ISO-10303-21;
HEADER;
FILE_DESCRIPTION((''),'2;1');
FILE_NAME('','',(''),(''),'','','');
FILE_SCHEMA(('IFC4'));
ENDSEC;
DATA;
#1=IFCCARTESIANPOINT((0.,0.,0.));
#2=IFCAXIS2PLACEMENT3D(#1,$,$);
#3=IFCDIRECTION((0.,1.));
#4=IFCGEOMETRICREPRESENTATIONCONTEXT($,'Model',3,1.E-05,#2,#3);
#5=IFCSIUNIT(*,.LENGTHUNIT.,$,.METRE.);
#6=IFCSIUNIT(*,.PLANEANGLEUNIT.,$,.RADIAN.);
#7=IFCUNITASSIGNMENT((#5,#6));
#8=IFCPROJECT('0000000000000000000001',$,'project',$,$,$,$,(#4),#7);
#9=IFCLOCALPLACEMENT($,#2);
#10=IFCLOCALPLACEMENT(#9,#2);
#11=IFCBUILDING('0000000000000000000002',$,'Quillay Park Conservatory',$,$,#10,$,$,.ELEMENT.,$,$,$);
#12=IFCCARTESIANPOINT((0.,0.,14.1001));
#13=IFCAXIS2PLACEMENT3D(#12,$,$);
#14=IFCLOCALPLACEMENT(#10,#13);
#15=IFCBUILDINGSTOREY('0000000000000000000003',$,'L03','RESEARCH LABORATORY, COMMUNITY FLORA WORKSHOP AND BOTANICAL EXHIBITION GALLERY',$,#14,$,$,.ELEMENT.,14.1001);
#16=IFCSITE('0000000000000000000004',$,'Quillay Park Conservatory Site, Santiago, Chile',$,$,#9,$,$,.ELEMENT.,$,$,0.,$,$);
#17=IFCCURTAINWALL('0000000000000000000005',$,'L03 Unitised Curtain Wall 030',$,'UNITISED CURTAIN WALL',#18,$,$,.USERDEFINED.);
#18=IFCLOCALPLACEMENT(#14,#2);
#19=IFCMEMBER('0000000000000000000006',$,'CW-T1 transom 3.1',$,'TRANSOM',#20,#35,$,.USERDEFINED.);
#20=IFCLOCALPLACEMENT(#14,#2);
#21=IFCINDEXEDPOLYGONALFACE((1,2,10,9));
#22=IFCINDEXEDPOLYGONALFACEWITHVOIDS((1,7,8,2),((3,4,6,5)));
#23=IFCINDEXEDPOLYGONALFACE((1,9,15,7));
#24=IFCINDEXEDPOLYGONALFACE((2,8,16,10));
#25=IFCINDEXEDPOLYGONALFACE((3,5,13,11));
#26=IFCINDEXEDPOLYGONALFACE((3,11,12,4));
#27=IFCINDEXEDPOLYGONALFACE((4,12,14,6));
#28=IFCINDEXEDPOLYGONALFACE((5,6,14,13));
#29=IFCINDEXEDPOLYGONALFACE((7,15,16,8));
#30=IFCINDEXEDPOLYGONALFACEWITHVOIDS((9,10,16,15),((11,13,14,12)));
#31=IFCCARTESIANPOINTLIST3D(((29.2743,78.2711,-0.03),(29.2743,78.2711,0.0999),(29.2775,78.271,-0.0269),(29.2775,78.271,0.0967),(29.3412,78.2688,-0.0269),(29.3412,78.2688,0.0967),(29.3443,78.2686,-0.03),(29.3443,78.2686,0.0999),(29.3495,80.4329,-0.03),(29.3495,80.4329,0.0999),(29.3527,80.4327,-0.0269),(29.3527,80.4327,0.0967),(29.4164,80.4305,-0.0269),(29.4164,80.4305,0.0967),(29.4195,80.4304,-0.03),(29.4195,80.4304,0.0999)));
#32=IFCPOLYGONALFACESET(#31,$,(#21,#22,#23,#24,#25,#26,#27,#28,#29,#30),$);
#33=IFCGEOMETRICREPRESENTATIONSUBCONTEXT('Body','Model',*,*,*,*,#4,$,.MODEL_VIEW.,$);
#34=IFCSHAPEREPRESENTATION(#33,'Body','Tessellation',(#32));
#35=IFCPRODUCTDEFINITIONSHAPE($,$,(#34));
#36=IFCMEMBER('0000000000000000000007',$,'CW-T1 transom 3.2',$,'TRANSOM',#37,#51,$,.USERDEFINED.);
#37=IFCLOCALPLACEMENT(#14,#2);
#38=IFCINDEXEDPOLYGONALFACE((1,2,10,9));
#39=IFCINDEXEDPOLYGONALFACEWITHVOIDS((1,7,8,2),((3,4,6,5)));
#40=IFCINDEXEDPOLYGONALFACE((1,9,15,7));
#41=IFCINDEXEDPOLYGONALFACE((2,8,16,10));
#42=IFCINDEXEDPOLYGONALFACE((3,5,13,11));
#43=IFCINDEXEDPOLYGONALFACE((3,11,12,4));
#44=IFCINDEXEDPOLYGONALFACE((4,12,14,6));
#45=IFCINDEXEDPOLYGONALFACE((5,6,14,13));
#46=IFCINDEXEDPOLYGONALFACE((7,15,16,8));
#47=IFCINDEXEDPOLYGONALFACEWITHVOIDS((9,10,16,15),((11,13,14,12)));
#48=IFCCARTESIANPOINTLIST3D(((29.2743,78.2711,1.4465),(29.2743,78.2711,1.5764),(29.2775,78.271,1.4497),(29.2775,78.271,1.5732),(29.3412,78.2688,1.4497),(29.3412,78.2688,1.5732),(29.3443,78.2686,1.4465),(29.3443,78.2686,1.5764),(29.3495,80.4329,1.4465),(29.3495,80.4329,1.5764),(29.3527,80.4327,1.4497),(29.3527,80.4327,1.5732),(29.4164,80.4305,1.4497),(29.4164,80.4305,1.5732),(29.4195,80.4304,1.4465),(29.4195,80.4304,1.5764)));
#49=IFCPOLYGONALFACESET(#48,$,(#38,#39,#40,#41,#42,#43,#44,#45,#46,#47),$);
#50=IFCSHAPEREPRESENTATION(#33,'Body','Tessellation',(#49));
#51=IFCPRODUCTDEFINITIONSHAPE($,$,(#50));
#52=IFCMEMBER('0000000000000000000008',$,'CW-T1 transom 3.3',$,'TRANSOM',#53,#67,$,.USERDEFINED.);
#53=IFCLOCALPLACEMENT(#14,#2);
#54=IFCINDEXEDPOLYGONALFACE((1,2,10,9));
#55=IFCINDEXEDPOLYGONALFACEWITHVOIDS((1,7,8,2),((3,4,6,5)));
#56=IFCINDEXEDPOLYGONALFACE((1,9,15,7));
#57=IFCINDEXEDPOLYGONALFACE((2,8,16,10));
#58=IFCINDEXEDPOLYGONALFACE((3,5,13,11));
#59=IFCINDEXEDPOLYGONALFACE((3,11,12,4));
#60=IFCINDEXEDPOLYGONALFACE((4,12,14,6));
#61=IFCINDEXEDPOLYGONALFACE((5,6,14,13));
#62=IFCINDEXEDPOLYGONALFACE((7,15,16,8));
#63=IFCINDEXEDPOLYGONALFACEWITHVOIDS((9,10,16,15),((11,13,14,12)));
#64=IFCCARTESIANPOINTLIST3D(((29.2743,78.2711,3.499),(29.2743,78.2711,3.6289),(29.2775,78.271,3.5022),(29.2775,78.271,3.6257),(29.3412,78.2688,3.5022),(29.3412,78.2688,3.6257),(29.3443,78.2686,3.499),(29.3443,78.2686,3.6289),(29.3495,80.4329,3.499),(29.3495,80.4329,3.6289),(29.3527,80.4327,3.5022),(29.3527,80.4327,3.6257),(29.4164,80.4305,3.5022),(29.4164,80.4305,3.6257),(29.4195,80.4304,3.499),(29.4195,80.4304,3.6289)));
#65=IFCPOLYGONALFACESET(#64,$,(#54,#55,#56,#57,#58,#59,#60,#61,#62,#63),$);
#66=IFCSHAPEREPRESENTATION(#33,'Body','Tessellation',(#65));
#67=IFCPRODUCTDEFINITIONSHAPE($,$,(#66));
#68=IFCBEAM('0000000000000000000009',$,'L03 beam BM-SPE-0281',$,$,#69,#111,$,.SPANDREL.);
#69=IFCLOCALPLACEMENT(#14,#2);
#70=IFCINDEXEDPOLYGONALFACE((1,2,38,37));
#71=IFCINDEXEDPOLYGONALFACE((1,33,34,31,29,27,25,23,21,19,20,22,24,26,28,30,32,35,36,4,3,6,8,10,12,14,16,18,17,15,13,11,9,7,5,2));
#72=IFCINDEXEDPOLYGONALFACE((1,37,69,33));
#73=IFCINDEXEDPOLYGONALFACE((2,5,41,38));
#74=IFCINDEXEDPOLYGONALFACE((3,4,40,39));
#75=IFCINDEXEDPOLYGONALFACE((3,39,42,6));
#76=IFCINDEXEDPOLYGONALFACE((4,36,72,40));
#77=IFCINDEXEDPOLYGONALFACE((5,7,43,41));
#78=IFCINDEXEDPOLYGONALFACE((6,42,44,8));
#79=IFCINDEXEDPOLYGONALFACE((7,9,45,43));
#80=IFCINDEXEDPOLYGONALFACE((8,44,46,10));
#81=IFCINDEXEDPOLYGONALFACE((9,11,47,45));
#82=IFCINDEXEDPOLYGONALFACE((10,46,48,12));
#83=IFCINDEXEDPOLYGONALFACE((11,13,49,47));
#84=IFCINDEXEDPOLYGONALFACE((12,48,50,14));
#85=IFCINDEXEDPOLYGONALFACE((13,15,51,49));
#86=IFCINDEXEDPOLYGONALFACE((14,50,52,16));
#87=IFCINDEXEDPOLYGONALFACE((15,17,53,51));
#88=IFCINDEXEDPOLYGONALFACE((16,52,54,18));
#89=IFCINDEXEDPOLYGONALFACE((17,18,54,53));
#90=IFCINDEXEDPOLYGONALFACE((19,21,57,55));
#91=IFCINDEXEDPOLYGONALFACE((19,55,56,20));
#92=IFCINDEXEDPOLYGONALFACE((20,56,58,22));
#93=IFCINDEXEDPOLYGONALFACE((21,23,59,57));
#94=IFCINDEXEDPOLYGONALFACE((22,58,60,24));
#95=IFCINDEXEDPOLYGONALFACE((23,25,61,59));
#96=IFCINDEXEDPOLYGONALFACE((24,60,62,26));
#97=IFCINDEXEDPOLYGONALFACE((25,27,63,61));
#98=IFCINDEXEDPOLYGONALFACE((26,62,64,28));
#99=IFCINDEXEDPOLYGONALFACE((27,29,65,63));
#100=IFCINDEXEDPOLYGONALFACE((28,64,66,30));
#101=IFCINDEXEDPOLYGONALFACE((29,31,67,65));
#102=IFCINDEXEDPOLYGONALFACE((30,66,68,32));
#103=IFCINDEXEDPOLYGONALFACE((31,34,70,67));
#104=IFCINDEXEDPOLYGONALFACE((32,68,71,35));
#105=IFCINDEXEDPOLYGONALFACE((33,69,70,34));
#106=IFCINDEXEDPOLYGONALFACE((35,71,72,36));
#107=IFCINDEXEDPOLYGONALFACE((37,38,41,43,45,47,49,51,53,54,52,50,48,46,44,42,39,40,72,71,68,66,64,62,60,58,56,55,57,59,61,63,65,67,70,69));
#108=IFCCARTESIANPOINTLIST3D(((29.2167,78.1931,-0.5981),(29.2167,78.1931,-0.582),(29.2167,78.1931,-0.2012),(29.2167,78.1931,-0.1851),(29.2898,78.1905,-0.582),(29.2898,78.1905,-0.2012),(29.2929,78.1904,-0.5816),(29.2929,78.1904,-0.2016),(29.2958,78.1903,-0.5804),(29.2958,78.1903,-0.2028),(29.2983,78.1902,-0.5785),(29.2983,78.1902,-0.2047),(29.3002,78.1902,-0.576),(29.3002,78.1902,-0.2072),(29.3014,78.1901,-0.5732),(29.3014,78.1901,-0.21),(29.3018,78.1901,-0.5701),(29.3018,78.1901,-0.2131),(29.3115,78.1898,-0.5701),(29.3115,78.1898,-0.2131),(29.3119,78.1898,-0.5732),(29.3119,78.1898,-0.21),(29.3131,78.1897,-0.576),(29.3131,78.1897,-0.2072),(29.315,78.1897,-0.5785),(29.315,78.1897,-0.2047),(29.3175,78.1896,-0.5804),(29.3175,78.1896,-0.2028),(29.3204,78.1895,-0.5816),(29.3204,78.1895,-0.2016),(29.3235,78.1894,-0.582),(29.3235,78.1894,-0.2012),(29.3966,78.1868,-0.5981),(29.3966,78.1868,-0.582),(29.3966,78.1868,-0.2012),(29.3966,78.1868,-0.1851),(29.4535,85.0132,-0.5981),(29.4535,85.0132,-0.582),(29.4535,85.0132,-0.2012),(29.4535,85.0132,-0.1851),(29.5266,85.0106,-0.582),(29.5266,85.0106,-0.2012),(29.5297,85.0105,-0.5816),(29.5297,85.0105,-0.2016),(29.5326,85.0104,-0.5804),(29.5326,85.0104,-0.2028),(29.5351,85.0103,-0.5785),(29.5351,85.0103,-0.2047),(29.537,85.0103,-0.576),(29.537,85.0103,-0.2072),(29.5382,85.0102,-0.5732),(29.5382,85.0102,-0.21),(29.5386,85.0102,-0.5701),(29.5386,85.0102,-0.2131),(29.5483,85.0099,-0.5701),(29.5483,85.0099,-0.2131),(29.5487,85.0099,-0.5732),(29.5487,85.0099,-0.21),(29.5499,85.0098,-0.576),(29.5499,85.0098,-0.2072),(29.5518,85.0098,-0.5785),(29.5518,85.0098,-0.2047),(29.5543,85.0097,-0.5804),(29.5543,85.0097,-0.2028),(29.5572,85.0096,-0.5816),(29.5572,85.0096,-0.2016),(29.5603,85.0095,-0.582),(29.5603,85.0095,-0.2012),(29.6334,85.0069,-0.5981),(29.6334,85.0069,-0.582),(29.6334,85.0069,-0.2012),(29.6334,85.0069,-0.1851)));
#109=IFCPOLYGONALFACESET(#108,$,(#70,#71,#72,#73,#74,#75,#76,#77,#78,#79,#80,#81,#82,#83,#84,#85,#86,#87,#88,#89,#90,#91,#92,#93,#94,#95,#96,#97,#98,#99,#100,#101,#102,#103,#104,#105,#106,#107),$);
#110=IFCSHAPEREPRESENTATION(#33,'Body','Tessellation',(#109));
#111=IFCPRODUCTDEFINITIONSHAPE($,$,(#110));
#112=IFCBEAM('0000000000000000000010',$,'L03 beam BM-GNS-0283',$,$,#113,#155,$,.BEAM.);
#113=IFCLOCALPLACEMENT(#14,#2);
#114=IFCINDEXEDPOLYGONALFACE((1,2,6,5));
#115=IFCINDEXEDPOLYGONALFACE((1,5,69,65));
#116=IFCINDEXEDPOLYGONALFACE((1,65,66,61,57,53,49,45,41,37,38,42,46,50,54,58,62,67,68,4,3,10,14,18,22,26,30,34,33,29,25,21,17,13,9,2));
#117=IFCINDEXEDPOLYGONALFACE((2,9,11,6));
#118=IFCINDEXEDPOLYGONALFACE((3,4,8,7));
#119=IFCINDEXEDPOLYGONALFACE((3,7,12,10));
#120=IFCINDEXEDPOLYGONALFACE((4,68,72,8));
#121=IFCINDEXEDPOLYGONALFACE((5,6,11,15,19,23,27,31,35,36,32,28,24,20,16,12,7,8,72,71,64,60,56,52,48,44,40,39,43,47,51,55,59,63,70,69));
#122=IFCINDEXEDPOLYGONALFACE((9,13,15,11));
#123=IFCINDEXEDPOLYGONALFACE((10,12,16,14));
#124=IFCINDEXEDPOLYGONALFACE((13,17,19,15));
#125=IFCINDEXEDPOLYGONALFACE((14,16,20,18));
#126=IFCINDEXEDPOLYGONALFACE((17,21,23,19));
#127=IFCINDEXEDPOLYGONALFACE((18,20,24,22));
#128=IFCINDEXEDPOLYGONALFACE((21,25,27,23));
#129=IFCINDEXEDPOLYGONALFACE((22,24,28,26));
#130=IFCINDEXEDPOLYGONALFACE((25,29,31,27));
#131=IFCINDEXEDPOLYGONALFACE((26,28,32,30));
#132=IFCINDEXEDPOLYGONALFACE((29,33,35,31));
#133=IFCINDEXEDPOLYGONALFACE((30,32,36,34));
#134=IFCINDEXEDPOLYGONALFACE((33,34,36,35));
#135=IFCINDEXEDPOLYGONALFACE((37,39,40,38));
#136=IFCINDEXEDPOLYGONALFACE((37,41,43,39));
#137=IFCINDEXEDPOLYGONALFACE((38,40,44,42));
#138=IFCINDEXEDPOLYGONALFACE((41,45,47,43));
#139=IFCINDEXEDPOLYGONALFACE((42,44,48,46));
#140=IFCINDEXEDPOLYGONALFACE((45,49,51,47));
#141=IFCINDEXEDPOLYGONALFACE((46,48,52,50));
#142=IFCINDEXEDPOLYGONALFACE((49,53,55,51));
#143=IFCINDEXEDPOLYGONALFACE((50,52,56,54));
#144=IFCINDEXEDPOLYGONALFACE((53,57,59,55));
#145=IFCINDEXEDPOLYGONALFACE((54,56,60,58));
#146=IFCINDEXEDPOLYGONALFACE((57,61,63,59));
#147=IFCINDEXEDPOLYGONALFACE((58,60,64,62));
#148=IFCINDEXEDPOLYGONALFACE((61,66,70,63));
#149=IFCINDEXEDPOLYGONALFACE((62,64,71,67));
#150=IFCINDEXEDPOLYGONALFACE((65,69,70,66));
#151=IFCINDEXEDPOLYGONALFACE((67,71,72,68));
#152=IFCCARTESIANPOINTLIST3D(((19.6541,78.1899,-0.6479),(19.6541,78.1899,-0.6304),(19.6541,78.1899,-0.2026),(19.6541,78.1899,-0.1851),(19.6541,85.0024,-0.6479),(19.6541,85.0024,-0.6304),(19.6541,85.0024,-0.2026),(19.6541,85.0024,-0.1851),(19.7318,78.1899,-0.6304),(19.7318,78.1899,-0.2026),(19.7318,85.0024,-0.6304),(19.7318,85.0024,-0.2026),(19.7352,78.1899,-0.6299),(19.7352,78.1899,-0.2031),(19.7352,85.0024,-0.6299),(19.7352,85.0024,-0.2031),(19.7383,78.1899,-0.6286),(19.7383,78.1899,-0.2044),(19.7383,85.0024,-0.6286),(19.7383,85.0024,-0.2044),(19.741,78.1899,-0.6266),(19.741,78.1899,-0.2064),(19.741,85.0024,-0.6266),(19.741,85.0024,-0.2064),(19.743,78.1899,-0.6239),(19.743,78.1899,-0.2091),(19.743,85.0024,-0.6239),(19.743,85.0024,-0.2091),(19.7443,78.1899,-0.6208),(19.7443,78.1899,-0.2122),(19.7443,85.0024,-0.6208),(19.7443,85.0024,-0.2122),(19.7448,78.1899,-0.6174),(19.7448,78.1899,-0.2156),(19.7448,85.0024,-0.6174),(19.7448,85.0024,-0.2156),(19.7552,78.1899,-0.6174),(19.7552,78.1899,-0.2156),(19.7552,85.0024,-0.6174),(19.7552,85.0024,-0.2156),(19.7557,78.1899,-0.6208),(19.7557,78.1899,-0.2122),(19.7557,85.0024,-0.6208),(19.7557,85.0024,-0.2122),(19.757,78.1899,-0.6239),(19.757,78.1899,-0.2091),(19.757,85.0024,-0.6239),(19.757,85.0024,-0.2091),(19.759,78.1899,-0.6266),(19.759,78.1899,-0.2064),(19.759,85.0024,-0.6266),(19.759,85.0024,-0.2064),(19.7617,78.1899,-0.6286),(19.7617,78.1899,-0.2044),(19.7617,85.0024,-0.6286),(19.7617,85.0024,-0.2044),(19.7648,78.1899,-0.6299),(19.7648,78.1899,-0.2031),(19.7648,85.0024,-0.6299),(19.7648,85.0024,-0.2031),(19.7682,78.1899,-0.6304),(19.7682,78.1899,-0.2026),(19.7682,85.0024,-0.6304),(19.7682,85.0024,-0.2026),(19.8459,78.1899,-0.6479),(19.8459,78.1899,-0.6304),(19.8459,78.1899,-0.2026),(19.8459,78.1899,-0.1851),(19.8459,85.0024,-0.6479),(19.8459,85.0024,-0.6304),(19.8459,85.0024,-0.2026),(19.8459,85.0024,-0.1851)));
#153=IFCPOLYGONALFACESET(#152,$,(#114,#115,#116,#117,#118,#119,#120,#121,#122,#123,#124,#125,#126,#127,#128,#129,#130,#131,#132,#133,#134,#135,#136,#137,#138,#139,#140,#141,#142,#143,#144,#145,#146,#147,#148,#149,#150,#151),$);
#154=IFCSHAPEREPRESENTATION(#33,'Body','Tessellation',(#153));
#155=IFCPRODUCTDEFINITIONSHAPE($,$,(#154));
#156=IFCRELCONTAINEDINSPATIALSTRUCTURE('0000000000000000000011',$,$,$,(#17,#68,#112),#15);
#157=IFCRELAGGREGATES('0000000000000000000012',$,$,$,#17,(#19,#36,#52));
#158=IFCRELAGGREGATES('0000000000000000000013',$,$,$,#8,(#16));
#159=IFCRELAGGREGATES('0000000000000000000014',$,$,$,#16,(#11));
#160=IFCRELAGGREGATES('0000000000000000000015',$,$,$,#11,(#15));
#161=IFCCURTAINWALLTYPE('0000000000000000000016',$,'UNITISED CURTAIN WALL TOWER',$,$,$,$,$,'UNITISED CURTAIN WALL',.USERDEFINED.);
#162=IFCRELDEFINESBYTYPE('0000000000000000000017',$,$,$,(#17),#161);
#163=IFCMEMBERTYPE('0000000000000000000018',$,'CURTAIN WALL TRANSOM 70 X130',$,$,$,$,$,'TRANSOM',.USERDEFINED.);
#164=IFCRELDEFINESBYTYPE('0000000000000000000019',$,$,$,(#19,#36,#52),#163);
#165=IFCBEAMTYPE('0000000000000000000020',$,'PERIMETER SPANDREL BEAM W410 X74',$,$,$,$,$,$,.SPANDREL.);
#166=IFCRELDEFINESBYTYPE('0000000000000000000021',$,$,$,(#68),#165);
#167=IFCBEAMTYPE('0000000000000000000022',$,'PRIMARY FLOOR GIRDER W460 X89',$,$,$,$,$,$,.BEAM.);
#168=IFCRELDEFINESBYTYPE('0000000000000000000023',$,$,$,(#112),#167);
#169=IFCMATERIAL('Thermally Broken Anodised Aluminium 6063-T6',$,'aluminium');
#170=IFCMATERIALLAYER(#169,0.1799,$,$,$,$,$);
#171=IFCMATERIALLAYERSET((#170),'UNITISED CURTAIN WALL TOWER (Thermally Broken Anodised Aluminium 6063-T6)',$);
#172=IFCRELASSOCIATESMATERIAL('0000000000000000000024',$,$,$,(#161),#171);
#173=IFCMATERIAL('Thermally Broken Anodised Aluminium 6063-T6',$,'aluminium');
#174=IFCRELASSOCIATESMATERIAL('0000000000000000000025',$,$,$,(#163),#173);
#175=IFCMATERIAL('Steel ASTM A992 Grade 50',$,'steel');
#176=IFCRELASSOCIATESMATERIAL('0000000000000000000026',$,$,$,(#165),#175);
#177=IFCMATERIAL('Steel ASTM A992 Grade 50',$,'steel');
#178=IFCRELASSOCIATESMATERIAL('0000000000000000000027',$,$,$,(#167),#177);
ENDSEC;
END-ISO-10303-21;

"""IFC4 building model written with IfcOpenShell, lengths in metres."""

from ifc_helpers import new_model, si_unit, direction, frame, origin, origin_2d, place, context, subcontext, project, spatial, hollow_rectangle, i_section, extrude, material, layer, layer_set, material_profile, profile_set, type_object, element, aggregate, save


model = new_model("IFC4")

# Units and contexts
model_context = context("Model", 3, precision=1e-05, world=origin(), true_north=direction((0.0, 1.0)))
body_context = subcontext(model_context, "Body", "Model", "MODEL_VIEW")
ifc_project = project(units=[si_unit("LENGTHUNIT", "METRE"), si_unit("PLANEANGLEUNIT", "RADIAN")], contexts=[model_context])

# Site, building, storey
site_placement = place(None, origin())
site = spatial("IfcSite", under=ifc_project, at=site_placement, Name="Quillay Park Conservatory Site, Santiago, Chile", CompositionType="ELEMENT", RefElevation=0.0)
building_placement = place(site_placement, origin())
building = spatial("IfcBuilding", under=site, at=building_placement, Name="Quillay Park Conservatory", CompositionType="ELEMENT")
storey_placement = place(building_placement, frame((0.0, 0.0, 14.1001)))
storey = spatial("IfcBuildingStorey", under=building, at=storey_placement, Name="L03", Description="RESEARCH LABORATORY, COMMUNITY FLORA WORKSHOP AND BOTANICAL EXHIBITION GALLERY", CompositionType="ELEMENT", Elevation=14.1001)

# Curtain wall, members
ifc_material_1 = material(Name="Thermally Broken Anodised Aluminium 6063-T6", Category="aluminium")
ifc_layer_1 = layer(ifc_material_1, 0.1799)
ifc_layer_set_1 = layer_set([ifc_layer_1], Name="UNITISED CURTAIN WALL TOWER (Thermally Broken Anodised Aluminium 6063-T6)")
curtain_wall_type = type_object("IfcCurtainWallType", Name="UNITISED CURTAIN WALL TOWER", ElementType="UNITISED CURTAIN WALL", PredefinedType="USERDEFINED", material=ifc_layer_set_1)
curtain_wall_placement = place(storey_placement, origin())
curtain_wall = element("IfcCurtainWall", 1, at=curtain_wall_placement, inside=storey, type_object=curtain_wall_type, Name="L03 Unitised Curtain Wall 030", ObjectType="UNITISED CURTAIN WALL", PredefinedType="USERDEFINED")
ifc_material_2 = material(Name="Thermally Broken Anodised Aluminium 6063-T6", Category="aluminium")
ifc_material_profile_1 = material_profile(ifc_material_2, hollow_rectangle(XDim=0.0701, YDim=0.1299, WallThickness=0.0032, at=origin_2d()), Name="AL70x130x3.2")
ifc_profile_set_1 = profile_set([ifc_material_profile_1], Name="Thermally Broken Anodised Aluminium 6063-T6")
member_type_1 = type_object("IfcMemberType", Name="CURTAIN WALL TRANSOM 70 X130", ElementType="TRANSOM", PredefinedType="USERDEFINED", material=ifc_profile_set_1)
member_1_placement = place(storey_placement, frame((29.3845, 80.4316, 0.0349), z_axis=(-0.034762, -0.999396, 0.0), x_axis=(0.999396, -0.034762, 0.0)))
member_1 = element("IfcMember", 2, at=member_1_placement, type_object=member_type_1, Name="CW-T1 transom 3.1", ObjectType="TRANSOM", PredefinedType="USERDEFINED", context=body_context, shape_type="SweptSolid", body=[
    extrude(hollow_rectangle(XDim=0.0701, YDim=0.1299, WallThickness=0.0032, at=origin_2d()), origin(), (0.0, 0.0, 1.0), 2.1631),
])
member_2_placement = place(storey_placement, frame((29.3845, 80.4316, 1.5115), z_axis=(-0.034762, -0.999396, 0.0), x_axis=(0.999396, -0.034762, 0.0)))
member_2 = element("IfcMember", 3, at=member_2_placement, type_object=member_type_1, Name="CW-T1 transom 3.2", ObjectType="TRANSOM", PredefinedType="USERDEFINED", context=body_context, shape_type="SweptSolid", body=[
    extrude(hollow_rectangle(XDim=0.0701, YDim=0.1299, WallThickness=0.0032, at=origin_2d()), origin(), (0.0, 0.0, 1.0), 2.1631),
])
member_3_placement = place(storey_placement, frame((29.3845, 80.4316, 3.564), z_axis=(-0.034762, -0.999396, 0.0), x_axis=(0.999396, -0.034762, 0.0)))
member_3 = element("IfcMember", 4, at=member_3_placement, type_object=member_type_1, Name="CW-T1 transom 3.3", ObjectType="TRANSOM", PredefinedType="USERDEFINED", context=body_context, shape_type="SweptSolid", body=[
    extrude(hollow_rectangle(XDim=0.0701, YDim=0.1299, WallThickness=0.0032, at=origin_2d()), origin(), (0.0, 0.0, 1.0), 2.1631),
])

# Beams
ifc_material_3 = material(Name="Steel ASTM A992 Grade 50", Category="steel")
ifc_material_profile_2 = material_profile(ifc_material_3, i_section(OverallWidth=0.1799, OverallDepth=0.4131, WebThickness=0.0098, FlangeThickness=0.0161, FilletRadius=0.012, at=origin_2d()), Name="W410x74")
ifc_profile_set_2 = profile_set([ifc_material_profile_2], Name="Steel ASTM A992 Grade 50")
beam_type_1 = type_object("IfcBeamType", Name="PERIMETER SPANDREL BEAM W410 X74", PredefinedType="SPANDREL", material=ifc_profile_set_2)
beam_1_placement = place(storey_placement, frame((29.3066, 78.1899, -0.3916), z_axis=(0.034703, 0.999398, 0.0), x_axis=(-0.999398, 0.034703, 0.0)))
element("IfcBeam", 5, at=beam_1_placement, inside=storey, type_object=beam_type_1, Name="L03 beam BM-SPE-0281", PredefinedType="SPANDREL", context=body_context, shape_type="SweptSolid", body=[
    extrude(i_section(OverallWidth=0.1799, OverallDepth=0.4131, WebThickness=0.0098, FlangeThickness=0.0161, FilletRadius=0.012, at=origin_2d()), origin(), (0.0, 0.0, 1.0), 6.8242),
])
ifc_material_4 = material(Name="Steel ASTM A992 Grade 50", Category="steel")
ifc_material_profile_3 = material_profile(ifc_material_4, i_section(OverallWidth=0.1919, OverallDepth=0.4629, WebThickness=0.0105, FlangeThickness=0.0176, FilletRadius=0.0129, at=origin_2d()), Name="W460x89")
ifc_profile_set_3 = profile_set([ifc_material_profile_3], Name="Steel ASTM A992 Grade 50")
beam_type_2 = type_object("IfcBeamType", Name="PRIMARY FLOOR GIRDER W460 X89", PredefinedType="BEAM", material=ifc_profile_set_3)
beam_2_placement = place(storey_placement, frame((19.75, 78.1899, -0.4165), z_axis=(0.0, 1.0, 0.0), x_axis=(-1.0, 0.0, 0.0)))
element("IfcBeam", 6, at=beam_2_placement, inside=storey, type_object=beam_type_2, Name="L03 beam BM-GNS-0283", PredefinedType="BEAM", context=body_context, shape_type="SweptSolid", body=[
    extrude(i_section(OverallWidth=0.1919, OverallDepth=0.4629, WebThickness=0.0105, FlangeThickness=0.0176, FilletRadius=0.0129, at=origin_2d()), origin(), (0.0, 0.0, 1.0), 6.8125),
])

aggregate(curtain_wall, [member_1, member_2, member_3])

save(model, "model.ifc")
